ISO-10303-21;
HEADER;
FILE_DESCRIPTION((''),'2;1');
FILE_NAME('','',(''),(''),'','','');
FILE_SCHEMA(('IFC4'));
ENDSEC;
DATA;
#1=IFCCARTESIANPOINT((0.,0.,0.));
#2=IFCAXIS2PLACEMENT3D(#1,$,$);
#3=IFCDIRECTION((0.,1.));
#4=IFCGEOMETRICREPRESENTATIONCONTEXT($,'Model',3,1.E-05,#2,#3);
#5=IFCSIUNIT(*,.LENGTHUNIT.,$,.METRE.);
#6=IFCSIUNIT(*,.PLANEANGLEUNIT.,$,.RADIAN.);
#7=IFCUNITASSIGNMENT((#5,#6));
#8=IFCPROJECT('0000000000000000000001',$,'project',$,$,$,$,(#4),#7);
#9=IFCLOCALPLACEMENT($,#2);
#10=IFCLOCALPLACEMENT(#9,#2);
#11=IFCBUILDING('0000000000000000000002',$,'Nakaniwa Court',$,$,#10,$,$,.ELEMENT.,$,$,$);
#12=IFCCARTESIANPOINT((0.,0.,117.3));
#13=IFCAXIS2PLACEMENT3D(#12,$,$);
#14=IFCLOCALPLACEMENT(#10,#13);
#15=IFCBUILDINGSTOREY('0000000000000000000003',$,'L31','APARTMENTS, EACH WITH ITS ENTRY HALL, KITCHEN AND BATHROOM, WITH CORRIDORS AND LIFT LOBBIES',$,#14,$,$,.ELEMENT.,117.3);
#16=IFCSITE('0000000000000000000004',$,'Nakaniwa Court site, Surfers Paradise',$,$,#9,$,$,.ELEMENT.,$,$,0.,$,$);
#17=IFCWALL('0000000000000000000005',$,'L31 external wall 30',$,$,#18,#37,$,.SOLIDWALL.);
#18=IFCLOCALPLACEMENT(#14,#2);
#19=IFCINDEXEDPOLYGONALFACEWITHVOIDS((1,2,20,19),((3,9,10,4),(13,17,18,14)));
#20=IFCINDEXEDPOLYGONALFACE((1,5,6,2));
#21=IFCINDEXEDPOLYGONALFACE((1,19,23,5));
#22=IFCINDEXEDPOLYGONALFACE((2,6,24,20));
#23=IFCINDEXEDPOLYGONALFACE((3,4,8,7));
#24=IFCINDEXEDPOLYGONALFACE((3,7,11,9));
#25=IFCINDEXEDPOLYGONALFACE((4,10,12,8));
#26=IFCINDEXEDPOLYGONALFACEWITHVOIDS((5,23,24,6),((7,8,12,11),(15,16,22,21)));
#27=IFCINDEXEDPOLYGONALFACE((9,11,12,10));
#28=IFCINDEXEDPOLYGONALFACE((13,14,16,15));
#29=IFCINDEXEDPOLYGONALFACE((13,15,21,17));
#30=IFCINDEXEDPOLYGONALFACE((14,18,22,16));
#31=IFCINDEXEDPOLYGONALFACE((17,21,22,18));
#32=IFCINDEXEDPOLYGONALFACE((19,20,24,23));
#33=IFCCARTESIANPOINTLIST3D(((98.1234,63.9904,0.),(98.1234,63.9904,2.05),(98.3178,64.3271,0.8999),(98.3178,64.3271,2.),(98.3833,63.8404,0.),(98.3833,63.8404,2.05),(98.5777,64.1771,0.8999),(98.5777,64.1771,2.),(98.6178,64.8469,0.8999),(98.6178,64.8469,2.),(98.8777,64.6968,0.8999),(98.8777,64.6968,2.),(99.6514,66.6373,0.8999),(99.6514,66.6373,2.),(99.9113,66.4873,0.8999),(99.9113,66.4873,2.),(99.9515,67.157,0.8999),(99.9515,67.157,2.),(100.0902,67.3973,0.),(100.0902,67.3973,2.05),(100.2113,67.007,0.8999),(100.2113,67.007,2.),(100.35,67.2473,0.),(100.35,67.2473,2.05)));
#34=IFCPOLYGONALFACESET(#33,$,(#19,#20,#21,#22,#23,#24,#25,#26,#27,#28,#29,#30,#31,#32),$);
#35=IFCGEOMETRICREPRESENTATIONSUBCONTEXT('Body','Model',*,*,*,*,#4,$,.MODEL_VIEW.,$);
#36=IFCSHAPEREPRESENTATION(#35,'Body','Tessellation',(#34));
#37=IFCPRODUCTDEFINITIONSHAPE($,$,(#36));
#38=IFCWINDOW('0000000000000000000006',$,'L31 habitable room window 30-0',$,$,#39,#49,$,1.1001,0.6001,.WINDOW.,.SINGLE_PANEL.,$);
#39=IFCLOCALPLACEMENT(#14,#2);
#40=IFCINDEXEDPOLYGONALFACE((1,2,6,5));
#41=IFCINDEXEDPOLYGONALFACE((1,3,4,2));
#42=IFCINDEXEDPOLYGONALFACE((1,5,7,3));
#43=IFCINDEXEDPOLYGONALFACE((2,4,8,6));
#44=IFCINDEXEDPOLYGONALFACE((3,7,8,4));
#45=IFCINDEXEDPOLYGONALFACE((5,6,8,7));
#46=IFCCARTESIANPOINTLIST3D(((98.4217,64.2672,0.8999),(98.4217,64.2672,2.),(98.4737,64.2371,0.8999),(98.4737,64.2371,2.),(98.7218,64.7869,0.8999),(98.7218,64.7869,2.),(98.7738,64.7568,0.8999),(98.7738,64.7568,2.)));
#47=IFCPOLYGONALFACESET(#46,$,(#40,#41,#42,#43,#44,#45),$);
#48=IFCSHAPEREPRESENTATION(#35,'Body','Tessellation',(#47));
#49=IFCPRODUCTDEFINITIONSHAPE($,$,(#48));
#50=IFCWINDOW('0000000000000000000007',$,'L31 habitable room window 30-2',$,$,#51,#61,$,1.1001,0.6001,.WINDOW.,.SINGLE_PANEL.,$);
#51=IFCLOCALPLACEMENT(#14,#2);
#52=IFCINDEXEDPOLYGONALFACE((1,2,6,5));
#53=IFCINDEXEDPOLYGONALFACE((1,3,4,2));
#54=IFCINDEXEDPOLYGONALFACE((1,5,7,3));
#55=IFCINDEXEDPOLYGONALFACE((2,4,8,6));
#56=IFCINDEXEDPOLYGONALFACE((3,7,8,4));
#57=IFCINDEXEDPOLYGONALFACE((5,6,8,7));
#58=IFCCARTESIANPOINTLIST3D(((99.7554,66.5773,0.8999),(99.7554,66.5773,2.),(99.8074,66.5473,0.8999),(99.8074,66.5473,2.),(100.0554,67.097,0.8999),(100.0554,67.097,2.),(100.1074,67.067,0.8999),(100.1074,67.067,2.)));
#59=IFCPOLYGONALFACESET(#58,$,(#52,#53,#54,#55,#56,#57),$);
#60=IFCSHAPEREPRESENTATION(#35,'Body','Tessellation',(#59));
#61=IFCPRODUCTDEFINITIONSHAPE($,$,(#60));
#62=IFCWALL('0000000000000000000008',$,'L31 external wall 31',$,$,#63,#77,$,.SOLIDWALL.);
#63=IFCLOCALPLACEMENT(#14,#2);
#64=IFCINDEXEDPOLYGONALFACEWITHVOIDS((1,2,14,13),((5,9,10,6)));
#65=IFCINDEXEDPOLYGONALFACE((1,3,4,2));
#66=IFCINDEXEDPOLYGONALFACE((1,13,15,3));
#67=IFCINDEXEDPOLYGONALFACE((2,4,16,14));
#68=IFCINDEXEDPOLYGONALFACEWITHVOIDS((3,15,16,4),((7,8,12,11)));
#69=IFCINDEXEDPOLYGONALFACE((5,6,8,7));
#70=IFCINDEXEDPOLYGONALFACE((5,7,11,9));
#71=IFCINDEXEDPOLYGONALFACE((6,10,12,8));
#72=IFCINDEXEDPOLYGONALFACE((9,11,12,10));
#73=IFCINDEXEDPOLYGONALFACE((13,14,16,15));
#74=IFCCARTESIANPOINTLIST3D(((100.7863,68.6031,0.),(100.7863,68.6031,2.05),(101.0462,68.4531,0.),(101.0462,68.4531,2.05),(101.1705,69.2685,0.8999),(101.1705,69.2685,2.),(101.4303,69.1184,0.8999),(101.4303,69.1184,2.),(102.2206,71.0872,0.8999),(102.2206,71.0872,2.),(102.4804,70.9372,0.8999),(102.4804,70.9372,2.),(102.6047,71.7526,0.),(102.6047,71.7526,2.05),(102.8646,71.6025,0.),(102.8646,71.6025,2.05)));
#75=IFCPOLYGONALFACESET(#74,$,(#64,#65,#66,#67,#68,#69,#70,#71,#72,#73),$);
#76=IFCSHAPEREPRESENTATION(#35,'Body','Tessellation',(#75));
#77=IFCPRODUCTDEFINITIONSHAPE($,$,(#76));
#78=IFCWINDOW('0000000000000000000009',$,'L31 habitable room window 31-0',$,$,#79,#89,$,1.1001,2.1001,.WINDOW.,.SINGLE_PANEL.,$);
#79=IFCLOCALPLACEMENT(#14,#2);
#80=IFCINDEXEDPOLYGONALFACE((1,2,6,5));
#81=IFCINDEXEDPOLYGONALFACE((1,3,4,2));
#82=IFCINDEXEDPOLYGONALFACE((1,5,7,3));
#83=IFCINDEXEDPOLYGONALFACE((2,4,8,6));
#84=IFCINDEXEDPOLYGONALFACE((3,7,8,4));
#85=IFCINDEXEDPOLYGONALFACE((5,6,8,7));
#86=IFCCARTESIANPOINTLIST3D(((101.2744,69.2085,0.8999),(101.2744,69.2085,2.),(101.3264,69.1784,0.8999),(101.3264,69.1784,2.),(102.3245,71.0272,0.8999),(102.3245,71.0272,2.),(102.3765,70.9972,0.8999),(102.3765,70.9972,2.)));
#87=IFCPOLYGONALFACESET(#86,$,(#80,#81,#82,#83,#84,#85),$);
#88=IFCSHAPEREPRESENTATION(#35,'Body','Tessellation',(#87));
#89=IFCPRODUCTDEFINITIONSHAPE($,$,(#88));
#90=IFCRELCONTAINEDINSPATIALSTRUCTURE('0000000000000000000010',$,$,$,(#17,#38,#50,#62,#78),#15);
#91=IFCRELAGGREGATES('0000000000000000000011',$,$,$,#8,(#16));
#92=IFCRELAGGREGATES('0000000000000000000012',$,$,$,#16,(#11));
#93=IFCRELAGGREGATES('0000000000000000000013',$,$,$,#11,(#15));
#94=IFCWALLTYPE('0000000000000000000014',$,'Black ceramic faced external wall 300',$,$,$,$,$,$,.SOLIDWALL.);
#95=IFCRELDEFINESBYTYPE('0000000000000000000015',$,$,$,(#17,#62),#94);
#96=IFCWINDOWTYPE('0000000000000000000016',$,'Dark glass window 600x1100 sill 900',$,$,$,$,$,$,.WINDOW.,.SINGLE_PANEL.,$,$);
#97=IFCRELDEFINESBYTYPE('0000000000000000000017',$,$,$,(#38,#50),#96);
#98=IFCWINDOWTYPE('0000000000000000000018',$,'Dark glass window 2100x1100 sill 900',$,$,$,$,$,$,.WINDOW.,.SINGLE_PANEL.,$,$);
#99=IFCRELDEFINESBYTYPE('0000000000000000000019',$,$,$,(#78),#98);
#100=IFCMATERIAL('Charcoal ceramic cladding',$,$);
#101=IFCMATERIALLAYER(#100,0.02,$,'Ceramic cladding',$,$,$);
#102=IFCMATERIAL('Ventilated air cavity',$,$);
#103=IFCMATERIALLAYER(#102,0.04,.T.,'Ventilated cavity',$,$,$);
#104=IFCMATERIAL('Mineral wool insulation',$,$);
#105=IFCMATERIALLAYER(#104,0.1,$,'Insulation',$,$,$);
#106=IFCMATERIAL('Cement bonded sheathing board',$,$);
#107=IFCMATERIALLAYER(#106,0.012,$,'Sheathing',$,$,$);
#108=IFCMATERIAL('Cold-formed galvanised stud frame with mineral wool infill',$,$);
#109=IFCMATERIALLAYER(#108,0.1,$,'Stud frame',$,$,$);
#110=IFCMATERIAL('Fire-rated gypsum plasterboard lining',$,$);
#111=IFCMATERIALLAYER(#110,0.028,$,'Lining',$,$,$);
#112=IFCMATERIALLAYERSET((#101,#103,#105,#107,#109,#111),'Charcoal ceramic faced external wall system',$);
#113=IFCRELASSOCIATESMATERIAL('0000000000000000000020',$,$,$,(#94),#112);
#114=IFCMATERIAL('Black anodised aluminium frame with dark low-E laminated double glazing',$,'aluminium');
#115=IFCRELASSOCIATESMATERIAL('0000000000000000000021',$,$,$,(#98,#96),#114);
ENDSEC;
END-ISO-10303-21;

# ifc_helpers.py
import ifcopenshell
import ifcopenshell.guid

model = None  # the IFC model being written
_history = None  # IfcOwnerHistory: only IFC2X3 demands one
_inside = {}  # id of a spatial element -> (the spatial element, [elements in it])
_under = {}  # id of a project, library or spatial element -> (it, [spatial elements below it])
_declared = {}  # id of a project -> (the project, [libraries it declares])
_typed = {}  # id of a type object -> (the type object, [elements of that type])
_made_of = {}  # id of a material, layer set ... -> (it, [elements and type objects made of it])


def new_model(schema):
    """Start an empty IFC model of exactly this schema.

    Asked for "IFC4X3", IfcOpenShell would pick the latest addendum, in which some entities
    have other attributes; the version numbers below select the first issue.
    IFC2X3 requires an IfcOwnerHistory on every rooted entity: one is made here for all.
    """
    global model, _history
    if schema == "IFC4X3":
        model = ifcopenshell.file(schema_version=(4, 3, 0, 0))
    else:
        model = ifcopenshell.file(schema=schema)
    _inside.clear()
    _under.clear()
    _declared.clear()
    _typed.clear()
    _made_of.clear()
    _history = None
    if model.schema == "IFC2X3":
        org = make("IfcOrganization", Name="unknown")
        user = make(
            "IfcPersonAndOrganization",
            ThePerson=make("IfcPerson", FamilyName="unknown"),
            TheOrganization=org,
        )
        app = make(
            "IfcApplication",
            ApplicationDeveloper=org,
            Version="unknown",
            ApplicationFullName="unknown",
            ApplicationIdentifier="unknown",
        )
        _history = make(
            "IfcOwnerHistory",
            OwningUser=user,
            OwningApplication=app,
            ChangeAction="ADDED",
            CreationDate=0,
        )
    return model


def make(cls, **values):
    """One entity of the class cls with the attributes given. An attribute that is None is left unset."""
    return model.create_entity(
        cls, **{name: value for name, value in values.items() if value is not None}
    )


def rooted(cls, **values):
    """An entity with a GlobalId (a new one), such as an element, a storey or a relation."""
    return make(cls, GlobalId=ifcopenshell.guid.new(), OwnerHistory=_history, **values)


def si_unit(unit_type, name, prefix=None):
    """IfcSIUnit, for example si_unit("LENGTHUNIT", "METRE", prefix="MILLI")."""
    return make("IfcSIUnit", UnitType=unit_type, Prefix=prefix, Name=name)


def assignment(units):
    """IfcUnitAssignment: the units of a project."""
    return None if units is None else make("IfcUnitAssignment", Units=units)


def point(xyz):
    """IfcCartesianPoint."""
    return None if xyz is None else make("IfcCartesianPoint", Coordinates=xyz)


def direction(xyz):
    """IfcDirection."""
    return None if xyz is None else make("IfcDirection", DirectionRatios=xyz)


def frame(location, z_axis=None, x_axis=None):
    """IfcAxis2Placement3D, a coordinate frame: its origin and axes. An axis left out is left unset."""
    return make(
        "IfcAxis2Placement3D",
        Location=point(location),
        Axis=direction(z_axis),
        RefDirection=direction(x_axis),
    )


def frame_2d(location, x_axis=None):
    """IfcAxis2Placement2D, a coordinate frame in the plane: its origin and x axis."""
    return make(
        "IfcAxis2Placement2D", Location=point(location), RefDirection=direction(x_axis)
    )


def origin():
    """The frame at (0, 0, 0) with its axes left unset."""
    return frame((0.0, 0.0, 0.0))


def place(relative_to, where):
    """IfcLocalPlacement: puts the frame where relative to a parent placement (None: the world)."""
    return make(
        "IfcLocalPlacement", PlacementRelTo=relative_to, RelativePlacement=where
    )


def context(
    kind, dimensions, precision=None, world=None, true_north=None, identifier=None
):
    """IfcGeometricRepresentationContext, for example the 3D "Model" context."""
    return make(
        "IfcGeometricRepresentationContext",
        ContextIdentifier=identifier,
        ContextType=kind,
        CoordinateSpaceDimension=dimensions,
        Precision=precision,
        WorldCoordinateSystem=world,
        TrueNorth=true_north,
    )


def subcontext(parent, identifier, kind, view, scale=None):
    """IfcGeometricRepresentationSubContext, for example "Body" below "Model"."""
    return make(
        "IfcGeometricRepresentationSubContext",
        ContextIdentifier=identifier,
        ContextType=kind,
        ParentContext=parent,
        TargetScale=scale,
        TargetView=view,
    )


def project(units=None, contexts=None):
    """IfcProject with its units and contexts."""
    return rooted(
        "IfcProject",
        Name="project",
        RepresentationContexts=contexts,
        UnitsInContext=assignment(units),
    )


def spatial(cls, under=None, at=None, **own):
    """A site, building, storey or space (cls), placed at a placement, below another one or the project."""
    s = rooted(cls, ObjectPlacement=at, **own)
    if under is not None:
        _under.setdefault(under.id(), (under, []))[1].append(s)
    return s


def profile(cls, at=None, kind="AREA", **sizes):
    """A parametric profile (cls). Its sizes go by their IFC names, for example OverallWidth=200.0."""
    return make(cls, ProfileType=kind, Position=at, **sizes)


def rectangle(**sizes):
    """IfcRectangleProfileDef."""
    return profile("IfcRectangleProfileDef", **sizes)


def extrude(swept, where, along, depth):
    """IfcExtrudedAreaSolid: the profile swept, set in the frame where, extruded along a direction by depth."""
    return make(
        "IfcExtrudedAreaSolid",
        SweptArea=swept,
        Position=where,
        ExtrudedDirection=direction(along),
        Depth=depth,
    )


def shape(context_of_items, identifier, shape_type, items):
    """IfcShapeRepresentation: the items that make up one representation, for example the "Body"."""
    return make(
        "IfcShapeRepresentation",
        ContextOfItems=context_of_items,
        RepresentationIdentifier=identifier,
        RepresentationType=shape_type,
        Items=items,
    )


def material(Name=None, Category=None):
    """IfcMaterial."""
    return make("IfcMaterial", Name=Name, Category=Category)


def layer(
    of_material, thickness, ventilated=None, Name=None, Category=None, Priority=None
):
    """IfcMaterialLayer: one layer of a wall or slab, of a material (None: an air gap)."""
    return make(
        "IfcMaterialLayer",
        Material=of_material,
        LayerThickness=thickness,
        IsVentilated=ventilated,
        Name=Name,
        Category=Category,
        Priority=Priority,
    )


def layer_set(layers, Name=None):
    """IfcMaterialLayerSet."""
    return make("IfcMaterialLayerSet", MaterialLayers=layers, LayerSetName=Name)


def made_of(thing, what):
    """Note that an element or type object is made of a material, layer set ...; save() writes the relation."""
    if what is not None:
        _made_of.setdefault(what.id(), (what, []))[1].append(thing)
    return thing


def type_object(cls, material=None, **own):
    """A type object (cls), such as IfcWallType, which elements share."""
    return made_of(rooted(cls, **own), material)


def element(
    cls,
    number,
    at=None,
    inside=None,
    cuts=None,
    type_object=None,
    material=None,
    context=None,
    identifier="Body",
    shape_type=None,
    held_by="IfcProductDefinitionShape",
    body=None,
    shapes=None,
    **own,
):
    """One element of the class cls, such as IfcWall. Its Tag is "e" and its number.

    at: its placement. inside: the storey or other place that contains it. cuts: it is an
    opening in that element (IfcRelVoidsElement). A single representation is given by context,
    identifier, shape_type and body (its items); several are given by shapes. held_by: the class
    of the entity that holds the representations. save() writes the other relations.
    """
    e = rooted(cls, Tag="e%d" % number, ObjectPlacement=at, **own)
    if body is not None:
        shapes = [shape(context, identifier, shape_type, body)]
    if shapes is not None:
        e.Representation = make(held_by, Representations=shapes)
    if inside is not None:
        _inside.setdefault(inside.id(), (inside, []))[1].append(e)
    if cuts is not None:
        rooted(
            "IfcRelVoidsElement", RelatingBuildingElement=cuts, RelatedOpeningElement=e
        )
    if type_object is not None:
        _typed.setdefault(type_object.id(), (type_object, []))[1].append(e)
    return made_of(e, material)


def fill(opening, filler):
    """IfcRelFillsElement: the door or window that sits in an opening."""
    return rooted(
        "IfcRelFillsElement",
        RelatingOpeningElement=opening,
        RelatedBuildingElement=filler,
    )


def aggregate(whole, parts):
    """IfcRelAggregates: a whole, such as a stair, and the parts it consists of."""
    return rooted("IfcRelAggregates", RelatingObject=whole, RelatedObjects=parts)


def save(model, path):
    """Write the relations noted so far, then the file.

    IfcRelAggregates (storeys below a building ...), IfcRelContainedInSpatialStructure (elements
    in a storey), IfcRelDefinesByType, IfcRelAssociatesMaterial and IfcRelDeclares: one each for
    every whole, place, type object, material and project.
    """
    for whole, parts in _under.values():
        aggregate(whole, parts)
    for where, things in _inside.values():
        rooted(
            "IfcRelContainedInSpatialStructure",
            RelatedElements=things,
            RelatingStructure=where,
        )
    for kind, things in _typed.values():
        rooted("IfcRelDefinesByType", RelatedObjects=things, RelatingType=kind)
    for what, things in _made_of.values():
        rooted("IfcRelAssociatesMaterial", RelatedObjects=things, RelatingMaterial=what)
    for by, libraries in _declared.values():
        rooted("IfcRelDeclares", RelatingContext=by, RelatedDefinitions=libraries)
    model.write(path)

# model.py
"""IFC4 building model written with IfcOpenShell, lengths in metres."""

from ifc_helpers import new_model, si_unit, direction, frame, frame_2d, origin, place, context, subcontext, project, spatial, rectangle, extrude, material, layer, layer_set, type_object, element, fill, save


model = new_model("IFC4")

# Units and contexts
model_context = context("Model", 3, precision=1e-05, world=origin(), true_north=direction((0.0, 1.0)))
body_context = subcontext(model_context, "Body", "Model", "MODEL_VIEW")
ifc_project = project(units=[si_unit("LENGTHUNIT", "METRE"), si_unit("PLANEANGLEUNIT", "RADIAN")], contexts=[model_context])

# Site, building, storey
site_placement = place(None, origin())
site = spatial("IfcSite", under=ifc_project, at=site_placement, Name="Nakaniwa Court site, Surfers Paradise", CompositionType="ELEMENT", RefElevation=0.0)
building_placement = place(site_placement, origin())
building = spatial("IfcBuilding", under=site, at=building_placement, Name="Nakaniwa Court", CompositionType="ELEMENT")
storey_placement = place(building_placement, frame((0.0, 0.0, 117.3)))
storey = spatial("IfcBuildingStorey", under=building, at=storey_placement, Name="L31", Description="APARTMENTS, EACH WITH ITS ENTRY HALL, KITCHEN AND BATHROOM, WITH CORRIDORS AND LIFT LOBBIES", CompositionType="ELEMENT", Elevation=117.3)

# Shared definitions
ifc_material_1 = material(Name="Charcoal ceramic cladding")
ifc_layer_1 = layer(ifc_material_1, 0.02, Name="Ceramic cladding")
ifc_material_2 = material(Name="Ventilated air cavity")
ifc_layer_2 = layer(ifc_material_2, 0.04, ventilated=True, Name="Ventilated cavity")
ifc_material_3 = material(Name="Mineral wool insulation")
ifc_layer_3 = layer(ifc_material_3, 0.1, Name="Insulation")
ifc_material_4 = material(Name="Cement bonded sheathing board")
ifc_layer_4 = layer(ifc_material_4, 0.012, Name="Sheathing")
ifc_material_5 = material(Name="Cold-formed galvanised stud frame with mineral wool infill")
ifc_layer_5 = layer(ifc_material_5, 0.1, Name="Stud frame")
ifc_material_6 = material(Name="Fire-rated gypsum plasterboard lining")
ifc_layer_6 = layer(ifc_material_6, 0.028, Name="Lining")
ifc_layer_set_1 = layer_set([ifc_layer_1, ifc_layer_2, ifc_layer_3, ifc_layer_4, ifc_layer_5, ifc_layer_6], Name="Charcoal ceramic faced external wall system")
wall_type_1 = type_object("IfcWallType", Name="Black ceramic faced external wall 300", PredefinedType="SOLIDWALL", material=ifc_layer_set_1)
ifc_material_7 = material(Name="Black anodised aluminium frame with dark low-E laminated double glazing", Category="aluminium")
window_type_1 = type_object("IfcWindowType", Name="Dark glass window 2100x1100 sill 900", PartitioningType="SINGLE_PANEL", PredefinedType="WINDOW", material=ifc_material_7)

# Wall, openings, windows
wall_1_placement = place(storey_placement, frame((98.2534, 63.9155, 0.0), z_axis=(0.0, 0.0, 1.0), x_axis=(0.499957, 0.86605, 0.0)))
wall_1 = element("IfcWall", 1, at=wall_1_placement, inside=storey, type_object=wall_type_1, Name="L31 external wall 30", PredefinedType="SOLIDWALL", context=body_context, shape_type="SweptSolid", body=[
    extrude(rectangle(XDim=3.9338, YDim=0.3, at=frame_2d((1.9668, 0.0))), origin(), (0.0, 0.0, 1.0), 2.05),
])
opening_1_placement = place(wall_1_placement, frame((0.3887, 0.0, 0.8999)))
opening_1 = element("IfcOpeningElement", 2, at=opening_1_placement, cuts=wall_1, PredefinedType="OPENING", context=body_context, shape_type="SweptSolid", body=[
    extrude(rectangle(XDim=0.6001, YDim=1.1001, at=frame_2d((0.3, 0.55))), frame((0.0, 0.1599, 0.0), z_axis=(0.0, -1.0, 0.0), x_axis=(1.0, 0.0, 0.0)), (0.0, 0.0, 1.0), 0.3201),
])
opening_2_placement = place(wall_1_placement, frame((3.0562, 0.0, 0.8999)))
opening_2 = element("IfcOpeningElement", 3, at=opening_2_placement, cuts=wall_1, PredefinedType="OPENING", context=body_context, shape_type="SweptSolid", body=[
    extrude(rectangle(XDim=0.6001, YDim=1.1001, at=frame_2d((0.3, 0.55))), frame((0.0, 0.1599, 0.0), z_axis=(0.0, -1.0, 0.0), x_axis=(1.0, 0.0, 0.0)), (0.0, 0.0, 1.0), 0.3201),
])
window_type_2 = type_object("IfcWindowType", Name="Dark glass window 600x1100 sill 900", PartitioningType="SINGLE_PANEL", PredefinedType="WINDOW", material=ifc_material_7)
window_1_placement = place(opening_1_placement, origin())
window_1 = element("IfcWindow", 4, at=window_1_placement, inside=storey, type_object=window_type_2, Name="L31 habitable room window 30-0", OverallHeight=1.1001, OverallWidth=0.6001, PartitioningType="SINGLE_PANEL", PredefinedType="WINDOW", context=body_context, shape_type="SweptSolid", body=[
    extrude(rectangle(XDim=0.6001, YDim=1.1001, at=frame_2d((0.3, 0.55))), frame((0.0, 0.03, 0.0), z_axis=(0.0, -1.0, 0.0), x_axis=(1.0, 0.0, 0.0)), (0.0, 0.0, 1.0), 0.0601),
])
fill(opening_1, window_1)
window_2_placement = place(opening_2_placement, origin())
window_2 = element("IfcWindow", 5, at=window_2_placement, inside=storey, type_object=window_type_2, Name="L31 habitable room window 30-2", OverallHeight=1.1001, OverallWidth=0.6001, PartitioningType="SINGLE_PANEL", PredefinedType="WINDOW", context=body_context, shape_type="SweptSolid", body=[
    extrude(rectangle(XDim=0.6001, YDim=1.1001, at=frame_2d((0.3, 0.55))), frame((0.0, 0.03, 0.0), z_axis=(0.0, -1.0, 0.0), x_axis=(1.0, 0.0, 0.0)), (0.0, 0.0, 1.0), 0.0601),
])
fill(opening_2, window_2)

# Wall, opening, window
wall_2_placement = place(storey_placement, frame((100.9163, 68.5281, 0.0), z_axis=(0.0, 0.0, 1.0), x_axis=(0.500009, 0.86602, 0.0)))
wall_2 = element("IfcWall", 6, at=wall_2_placement, inside=storey, type_object=wall_type_1, Name="L31 external wall 31", PredefinedType="SOLIDWALL", context=body_context, shape_type="SweptSolid", body=[
    extrude(rectangle(XDim=3.6367, YDim=0.3, at=frame_2d((1.8184, 0.0))), origin(), (0.0, 0.0, 1.0), 2.05),
])
opening_3_placement = place(wall_2_placement, frame((0.7683, 0.0, 0.8999)))
opening_3 = element("IfcOpeningElement", 7, at=opening_3_placement, cuts=wall_2, PredefinedType="OPENING", context=body_context, shape_type="SweptSolid", body=[
    extrude(rectangle(XDim=2.1001, YDim=1.1001, at=frame_2d((1.05, 0.55))), frame((0.0, 0.1599, 0.0), z_axis=(0.0, -1.0, 0.0), x_axis=(1.0, 0.0, 0.0)), (0.0, 0.0, 1.0), 0.3201),
])
window_3_placement = place(opening_3_placement, origin())
window_3 = element("IfcWindow", 8, at=window_3_placement, inside=storey, type_object=window_type_1, Name="L31 habitable room window 31-0", OverallHeight=1.1001, OverallWidth=2.1001, PartitioningType="SINGLE_PANEL", PredefinedType="WINDOW", context=body_context, shape_type="SweptSolid", body=[
    extrude(rectangle(XDim=2.1001, YDim=1.1001, at=frame_2d((1.05, 0.55))), frame((0.0, 0.03, 0.0), z_axis=(0.0, -1.0, 0.0), x_axis=(1.0, 0.0, 0.0)), (0.0, 0.0, 1.0), 0.0601),
])
fill(opening_3, window_3)

save(model, "model.ifc")
